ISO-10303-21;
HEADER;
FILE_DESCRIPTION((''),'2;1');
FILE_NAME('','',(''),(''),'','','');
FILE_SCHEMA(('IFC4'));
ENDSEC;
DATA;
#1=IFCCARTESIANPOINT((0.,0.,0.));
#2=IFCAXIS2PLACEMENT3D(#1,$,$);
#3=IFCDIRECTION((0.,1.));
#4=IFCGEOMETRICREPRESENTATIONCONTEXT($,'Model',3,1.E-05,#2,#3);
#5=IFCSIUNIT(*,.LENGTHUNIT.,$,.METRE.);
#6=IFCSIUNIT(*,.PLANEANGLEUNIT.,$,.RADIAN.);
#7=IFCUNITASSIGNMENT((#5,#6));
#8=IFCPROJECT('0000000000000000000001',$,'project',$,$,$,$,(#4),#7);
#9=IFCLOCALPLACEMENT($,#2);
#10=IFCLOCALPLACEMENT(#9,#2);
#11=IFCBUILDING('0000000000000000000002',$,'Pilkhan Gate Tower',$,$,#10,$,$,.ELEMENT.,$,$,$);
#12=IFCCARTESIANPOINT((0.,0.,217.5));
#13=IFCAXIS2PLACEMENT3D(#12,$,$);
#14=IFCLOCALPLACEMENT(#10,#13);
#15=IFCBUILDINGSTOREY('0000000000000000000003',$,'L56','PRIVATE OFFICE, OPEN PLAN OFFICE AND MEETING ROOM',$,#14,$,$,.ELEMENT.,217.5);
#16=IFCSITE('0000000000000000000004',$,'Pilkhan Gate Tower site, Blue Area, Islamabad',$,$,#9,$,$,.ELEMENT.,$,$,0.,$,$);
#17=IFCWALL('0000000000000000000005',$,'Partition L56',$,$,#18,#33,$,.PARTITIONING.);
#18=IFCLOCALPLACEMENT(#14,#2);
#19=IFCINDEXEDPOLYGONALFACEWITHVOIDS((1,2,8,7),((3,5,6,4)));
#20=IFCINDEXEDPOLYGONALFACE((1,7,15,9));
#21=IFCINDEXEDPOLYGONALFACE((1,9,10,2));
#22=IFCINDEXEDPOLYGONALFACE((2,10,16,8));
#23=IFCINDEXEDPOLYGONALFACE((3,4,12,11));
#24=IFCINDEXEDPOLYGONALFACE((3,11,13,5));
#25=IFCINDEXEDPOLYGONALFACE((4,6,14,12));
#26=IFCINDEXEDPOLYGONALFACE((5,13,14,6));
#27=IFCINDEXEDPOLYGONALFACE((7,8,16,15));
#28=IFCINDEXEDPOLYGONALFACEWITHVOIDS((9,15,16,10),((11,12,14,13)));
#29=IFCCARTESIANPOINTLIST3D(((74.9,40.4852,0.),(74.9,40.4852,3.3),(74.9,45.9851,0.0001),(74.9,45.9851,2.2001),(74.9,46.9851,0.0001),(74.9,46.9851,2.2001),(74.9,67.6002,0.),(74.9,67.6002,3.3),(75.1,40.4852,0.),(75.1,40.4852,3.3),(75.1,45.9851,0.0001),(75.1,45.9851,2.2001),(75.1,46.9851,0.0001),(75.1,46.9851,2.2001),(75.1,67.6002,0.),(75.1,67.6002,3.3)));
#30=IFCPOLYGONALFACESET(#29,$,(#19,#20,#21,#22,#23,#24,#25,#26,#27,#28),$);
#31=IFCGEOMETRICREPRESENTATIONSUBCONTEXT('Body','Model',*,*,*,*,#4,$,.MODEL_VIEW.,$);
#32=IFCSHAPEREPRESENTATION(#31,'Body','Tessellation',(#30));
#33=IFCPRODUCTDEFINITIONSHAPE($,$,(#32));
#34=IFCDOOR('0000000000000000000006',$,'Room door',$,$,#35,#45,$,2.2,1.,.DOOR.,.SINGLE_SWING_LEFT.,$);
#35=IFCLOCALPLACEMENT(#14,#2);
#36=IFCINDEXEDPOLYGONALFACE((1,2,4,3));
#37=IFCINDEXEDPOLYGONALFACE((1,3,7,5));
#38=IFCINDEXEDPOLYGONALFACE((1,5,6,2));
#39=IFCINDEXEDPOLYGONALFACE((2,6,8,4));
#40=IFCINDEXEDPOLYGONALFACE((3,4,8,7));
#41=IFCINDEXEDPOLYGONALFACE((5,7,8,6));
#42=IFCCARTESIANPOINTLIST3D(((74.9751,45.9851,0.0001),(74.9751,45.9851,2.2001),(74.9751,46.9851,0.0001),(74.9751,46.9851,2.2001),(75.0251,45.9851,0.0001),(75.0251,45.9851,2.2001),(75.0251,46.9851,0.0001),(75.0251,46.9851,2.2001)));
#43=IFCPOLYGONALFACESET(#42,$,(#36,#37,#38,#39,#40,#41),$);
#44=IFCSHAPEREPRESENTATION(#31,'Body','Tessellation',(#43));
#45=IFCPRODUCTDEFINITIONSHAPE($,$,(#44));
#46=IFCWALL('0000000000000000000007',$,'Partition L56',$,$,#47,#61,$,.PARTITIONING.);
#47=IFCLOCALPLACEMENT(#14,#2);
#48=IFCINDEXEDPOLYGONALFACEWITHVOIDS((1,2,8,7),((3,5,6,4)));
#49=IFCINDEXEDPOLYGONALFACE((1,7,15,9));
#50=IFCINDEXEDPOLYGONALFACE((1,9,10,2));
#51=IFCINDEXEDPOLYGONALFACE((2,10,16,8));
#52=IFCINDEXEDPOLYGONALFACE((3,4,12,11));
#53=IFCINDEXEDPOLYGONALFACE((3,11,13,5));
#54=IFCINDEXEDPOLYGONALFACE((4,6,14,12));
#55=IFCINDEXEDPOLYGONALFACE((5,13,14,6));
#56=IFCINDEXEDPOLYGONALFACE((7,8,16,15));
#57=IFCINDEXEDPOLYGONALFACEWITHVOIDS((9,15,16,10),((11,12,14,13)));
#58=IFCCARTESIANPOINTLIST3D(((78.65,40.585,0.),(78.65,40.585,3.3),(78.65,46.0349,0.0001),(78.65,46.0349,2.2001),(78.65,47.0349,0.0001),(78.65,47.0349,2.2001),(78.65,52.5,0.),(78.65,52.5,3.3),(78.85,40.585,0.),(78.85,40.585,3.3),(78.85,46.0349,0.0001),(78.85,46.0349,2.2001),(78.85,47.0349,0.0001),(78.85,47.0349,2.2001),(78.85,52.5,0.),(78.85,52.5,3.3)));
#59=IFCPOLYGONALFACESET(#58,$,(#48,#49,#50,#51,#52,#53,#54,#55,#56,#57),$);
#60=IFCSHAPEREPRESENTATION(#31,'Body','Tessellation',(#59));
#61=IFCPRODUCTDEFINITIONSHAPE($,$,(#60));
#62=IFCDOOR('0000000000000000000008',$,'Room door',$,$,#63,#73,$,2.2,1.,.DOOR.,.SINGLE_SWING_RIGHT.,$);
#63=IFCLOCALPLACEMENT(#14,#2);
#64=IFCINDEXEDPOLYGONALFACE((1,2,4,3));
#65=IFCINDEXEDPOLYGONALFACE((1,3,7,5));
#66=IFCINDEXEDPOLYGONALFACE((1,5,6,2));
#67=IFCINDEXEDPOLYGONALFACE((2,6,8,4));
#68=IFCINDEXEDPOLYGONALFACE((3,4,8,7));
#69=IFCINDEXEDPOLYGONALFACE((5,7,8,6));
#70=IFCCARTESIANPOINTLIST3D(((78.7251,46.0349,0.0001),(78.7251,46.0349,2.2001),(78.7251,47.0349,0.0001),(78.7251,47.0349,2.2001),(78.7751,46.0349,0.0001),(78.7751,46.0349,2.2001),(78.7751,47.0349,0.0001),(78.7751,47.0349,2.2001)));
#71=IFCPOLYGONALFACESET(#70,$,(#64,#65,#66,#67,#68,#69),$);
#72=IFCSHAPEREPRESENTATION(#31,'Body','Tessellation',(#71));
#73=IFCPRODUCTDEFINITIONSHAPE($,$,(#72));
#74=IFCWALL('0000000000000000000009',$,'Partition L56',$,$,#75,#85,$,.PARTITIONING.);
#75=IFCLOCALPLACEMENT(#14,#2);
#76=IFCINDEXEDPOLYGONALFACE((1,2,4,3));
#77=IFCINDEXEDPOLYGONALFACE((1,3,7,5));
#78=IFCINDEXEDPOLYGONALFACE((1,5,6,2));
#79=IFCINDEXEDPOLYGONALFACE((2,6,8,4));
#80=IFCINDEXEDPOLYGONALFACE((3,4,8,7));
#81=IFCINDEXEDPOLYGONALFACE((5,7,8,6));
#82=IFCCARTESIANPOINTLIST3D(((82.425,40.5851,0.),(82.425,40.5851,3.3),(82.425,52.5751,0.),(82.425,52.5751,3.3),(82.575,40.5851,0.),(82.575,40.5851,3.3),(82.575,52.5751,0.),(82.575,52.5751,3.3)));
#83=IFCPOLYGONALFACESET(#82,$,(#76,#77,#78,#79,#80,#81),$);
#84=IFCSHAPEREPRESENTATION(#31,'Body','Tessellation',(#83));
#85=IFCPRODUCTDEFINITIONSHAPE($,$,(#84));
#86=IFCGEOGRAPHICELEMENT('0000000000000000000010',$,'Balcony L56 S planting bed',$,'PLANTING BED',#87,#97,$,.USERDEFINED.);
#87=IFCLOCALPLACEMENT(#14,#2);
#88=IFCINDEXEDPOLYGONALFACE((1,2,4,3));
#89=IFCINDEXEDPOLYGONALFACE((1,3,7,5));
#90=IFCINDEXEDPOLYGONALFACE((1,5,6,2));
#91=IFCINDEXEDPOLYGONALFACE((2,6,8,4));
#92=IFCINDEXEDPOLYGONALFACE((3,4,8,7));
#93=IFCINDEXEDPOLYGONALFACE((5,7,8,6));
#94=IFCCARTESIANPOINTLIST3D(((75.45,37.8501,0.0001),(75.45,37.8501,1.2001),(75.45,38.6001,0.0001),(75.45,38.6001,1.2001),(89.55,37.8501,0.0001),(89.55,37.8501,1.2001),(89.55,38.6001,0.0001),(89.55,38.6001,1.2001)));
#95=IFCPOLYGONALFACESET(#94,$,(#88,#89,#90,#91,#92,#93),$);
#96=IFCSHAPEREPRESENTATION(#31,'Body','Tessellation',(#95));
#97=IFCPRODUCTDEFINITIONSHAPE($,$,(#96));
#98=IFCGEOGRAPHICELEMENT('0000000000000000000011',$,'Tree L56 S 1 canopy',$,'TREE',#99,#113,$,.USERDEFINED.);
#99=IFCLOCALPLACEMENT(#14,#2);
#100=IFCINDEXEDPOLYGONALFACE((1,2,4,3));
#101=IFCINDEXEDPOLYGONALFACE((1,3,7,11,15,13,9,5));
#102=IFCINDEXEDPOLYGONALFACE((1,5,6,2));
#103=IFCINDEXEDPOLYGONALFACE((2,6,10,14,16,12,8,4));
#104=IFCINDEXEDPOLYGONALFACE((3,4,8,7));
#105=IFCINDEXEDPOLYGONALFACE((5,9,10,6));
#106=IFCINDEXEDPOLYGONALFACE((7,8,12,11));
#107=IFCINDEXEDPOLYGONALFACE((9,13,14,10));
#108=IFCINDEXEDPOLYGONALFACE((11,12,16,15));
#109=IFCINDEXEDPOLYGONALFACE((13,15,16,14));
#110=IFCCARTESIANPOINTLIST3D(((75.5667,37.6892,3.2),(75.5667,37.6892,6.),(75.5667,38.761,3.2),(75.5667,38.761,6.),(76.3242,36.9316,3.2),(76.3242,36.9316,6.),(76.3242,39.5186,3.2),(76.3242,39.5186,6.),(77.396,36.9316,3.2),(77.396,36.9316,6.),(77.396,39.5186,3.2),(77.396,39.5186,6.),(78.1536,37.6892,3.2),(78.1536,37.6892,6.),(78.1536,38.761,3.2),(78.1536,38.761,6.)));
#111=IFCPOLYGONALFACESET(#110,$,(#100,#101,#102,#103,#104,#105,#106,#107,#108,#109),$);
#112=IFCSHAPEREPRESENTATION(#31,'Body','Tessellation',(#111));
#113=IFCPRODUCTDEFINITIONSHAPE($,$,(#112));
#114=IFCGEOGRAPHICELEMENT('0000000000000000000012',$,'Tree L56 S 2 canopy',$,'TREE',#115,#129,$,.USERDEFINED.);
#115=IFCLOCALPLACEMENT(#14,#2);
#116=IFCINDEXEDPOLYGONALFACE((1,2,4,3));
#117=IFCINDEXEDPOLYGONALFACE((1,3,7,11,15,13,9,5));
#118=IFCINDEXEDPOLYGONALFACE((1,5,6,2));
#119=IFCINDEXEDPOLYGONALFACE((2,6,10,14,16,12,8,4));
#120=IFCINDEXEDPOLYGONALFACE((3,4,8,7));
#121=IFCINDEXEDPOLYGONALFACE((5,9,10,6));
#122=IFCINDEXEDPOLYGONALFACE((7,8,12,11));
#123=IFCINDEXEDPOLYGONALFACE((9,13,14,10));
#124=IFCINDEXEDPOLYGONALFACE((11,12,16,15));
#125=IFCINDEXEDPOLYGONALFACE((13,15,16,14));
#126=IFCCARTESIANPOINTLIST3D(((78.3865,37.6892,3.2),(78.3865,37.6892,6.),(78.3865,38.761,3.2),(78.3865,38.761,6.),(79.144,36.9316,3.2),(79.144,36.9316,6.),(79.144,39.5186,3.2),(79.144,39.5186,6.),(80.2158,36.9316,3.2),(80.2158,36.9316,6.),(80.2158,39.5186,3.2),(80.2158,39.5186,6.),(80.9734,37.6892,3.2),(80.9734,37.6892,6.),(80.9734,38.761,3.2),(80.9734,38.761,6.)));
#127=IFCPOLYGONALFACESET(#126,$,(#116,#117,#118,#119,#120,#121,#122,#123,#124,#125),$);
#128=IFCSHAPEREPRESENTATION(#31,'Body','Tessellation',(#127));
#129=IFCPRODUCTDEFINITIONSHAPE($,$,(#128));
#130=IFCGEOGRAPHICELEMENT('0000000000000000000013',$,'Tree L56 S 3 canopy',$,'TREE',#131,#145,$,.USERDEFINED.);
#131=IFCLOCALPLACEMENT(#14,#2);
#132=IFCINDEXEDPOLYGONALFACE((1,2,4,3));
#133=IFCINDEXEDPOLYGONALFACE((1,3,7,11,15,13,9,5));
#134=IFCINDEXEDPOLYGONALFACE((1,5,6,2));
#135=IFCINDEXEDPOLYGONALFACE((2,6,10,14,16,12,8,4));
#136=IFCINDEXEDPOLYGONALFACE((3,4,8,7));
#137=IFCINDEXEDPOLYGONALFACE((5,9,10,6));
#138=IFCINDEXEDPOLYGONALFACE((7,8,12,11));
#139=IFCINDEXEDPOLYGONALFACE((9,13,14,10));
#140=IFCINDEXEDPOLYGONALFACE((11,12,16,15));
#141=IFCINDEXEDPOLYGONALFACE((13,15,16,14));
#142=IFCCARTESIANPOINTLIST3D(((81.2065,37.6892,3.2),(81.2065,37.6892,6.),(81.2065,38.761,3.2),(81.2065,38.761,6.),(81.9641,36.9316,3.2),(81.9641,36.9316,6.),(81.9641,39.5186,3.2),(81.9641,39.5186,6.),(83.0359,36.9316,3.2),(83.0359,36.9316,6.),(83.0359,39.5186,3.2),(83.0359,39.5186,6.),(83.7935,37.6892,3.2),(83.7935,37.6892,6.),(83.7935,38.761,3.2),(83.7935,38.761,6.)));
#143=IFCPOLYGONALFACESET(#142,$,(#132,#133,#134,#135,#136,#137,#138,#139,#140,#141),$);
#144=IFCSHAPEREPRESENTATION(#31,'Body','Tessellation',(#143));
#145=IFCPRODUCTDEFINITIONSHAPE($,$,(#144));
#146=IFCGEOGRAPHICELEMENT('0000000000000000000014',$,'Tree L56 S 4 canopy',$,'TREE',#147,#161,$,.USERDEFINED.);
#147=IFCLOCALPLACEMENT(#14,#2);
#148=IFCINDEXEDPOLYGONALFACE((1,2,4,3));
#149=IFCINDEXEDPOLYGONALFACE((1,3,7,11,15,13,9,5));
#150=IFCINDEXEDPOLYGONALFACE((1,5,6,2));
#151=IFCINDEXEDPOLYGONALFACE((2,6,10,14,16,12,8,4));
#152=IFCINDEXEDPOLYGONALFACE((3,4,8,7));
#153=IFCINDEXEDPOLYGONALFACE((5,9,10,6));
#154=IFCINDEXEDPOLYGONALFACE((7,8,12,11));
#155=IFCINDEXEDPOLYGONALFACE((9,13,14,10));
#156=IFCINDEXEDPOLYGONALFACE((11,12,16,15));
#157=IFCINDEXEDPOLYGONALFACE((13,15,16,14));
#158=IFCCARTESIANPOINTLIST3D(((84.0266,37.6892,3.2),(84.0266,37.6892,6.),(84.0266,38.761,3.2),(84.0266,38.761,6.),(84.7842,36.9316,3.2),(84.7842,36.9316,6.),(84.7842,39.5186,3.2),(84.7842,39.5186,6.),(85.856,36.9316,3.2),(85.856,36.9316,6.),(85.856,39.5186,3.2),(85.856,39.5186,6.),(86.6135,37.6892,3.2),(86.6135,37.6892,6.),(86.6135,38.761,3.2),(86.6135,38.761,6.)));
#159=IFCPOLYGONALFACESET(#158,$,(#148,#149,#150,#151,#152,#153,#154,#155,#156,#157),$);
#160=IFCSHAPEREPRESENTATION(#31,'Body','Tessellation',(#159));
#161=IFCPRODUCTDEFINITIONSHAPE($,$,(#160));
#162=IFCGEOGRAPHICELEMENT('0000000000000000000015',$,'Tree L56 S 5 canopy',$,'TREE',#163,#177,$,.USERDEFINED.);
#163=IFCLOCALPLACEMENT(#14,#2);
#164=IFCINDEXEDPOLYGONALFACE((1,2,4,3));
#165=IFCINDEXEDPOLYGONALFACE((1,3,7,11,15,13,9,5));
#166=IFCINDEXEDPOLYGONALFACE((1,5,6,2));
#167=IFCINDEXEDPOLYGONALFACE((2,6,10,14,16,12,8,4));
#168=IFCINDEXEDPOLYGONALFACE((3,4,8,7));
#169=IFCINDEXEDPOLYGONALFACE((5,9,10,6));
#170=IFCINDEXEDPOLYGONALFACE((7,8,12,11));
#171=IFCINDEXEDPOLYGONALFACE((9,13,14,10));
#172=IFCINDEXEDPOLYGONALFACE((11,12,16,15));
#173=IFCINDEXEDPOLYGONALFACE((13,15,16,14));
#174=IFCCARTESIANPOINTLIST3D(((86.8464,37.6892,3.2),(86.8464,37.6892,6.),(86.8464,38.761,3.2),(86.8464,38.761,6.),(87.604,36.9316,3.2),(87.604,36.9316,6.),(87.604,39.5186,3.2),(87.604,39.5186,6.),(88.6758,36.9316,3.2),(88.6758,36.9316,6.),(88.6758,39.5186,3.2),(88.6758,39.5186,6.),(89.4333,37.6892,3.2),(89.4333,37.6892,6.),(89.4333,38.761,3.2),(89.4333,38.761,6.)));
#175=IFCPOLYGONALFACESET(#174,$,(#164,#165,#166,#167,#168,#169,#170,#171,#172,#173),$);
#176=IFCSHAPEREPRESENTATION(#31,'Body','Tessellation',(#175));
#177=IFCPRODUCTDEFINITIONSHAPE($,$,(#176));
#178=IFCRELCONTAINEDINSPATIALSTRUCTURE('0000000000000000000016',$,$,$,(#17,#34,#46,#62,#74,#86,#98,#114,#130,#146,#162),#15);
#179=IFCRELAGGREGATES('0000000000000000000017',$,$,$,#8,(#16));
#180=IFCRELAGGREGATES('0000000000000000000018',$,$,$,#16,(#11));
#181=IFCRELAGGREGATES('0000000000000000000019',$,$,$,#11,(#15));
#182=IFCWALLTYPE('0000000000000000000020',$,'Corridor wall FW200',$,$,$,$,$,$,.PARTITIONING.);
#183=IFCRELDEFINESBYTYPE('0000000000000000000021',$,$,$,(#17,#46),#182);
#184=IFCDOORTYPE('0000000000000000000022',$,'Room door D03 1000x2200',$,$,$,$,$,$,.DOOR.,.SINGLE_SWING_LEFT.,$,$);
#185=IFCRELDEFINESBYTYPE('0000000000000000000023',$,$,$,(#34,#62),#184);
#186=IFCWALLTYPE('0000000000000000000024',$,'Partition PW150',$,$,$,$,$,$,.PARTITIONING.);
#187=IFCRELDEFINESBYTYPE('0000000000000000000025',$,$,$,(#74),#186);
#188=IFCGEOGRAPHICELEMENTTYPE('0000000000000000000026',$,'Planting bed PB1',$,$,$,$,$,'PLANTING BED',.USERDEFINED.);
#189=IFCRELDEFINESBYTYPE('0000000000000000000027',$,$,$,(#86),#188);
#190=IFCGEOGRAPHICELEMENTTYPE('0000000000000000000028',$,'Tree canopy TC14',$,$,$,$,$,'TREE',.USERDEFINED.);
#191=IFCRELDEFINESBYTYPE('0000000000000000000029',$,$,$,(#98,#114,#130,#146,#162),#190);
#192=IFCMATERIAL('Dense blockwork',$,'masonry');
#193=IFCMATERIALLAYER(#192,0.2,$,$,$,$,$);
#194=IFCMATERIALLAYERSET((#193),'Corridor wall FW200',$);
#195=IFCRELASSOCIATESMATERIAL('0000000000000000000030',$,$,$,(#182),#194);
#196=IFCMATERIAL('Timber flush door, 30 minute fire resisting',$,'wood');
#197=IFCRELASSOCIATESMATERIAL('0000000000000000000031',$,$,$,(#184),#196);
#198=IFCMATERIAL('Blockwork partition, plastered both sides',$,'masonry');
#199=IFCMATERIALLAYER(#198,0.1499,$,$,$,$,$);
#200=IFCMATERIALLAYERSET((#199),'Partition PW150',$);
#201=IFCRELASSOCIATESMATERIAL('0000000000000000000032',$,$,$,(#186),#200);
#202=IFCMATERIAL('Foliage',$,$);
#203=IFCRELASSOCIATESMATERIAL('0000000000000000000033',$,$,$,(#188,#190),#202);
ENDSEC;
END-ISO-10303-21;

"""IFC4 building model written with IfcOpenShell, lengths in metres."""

from ifc_helpers import new_model, si_unit, direction, frame, frame_2d, origin, origin_2d, place, context, subcontext, project, spatial, polyline, rectangle, outline, extrude, material, layer, layer_set, material_profile, profile_set, type_object, element, fill, save


model = new_model("IFC4")

# Units and contexts
model_context = context("Model", 3, precision=1e-05, world=origin(), true_north=direction((0.0, 1.0)))
body_context = subcontext(model_context, "Body", "Model", "MODEL_VIEW")
ifc_project = project(units=[si_unit("LENGTHUNIT", "METRE"), si_unit("PLANEANGLEUNIT", "RADIAN")], contexts=[model_context])

# Site, building, storey
site_placement = place(None, origin())
site = spatial("IfcSite", under=ifc_project, at=site_placement, Name="Pilkhan Gate Tower site, Blue Area, Islamabad", CompositionType="ELEMENT", RefElevation=0.0)
building_placement = place(site_placement, origin())
building = spatial("IfcBuilding", under=site, at=building_placement, Name="Pilkhan Gate Tower", CompositionType="ELEMENT")
storey_placement = place(building_placement, frame((0.0, 0.0, 217.5)))
storey = spatial("IfcBuildingStorey", under=building, at=storey_placement, Name="L56", Description="PRIVATE OFFICE, OPEN PLAN OFFICE AND MEETING ROOM", CompositionType="ELEMENT", Elevation=217.5)

# Walls, openings, doors
ifc_material_1 = material(Name="Dense blockwork", Category="masonry")
ifc_layer_1 = layer(ifc_material_1, 0.2)
ifc_layer_set_1 = layer_set([ifc_layer_1], Name="Corridor wall FW200")
wall_type_1 = type_object("IfcWallType", Name="Corridor wall FW200", PredefinedType="PARTITIONING", material=ifc_layer_set_1)
wall_1_placement = place(storey_placement, frame((75.0, 40.4851, 0.0), z_axis=(0.0, 0.0, 1.0), x_axis=(0.0, 1.0, 0.0)))
wall_1 = element("IfcWall", 1, at=wall_1_placement, inside=storey, type_object=wall_type_1, Name="Partition L56", PredefinedType="PARTITIONING", context=body_context, shape_type="SweptSolid", body=[
    extrude(rectangle(XDim=27.115, YDim=0.2, at=frame_2d((13.5576, 0.0))), origin(), (0.0, 0.0, 1.0), 3.3),
])
opening_1_placement = place(wall_1_placement, frame((5.5, 0.0, 0.0)))
opening_1 = element("IfcOpeningElement", 2, at=opening_1_placement, cuts=wall_1, PredefinedType="OPENING", context=body_context, shape_type="SweptSolid", body=[
    extrude(rectangle(XDim=1.0, YDim=2.2, at=frame_2d((0.5, 1.1001))), frame((0.0, 0.1099, 0.0), z_axis=(0.0, -1.0, 0.0), x_axis=(1.0, 0.0, 0.0)), (0.0, 0.0, 1.0), 0.22),
])
ifc_material_2 = material(Name="Timber flush door, 30 minute fire resisting", Category="wood")
door_type_1 = type_object("IfcDoorType", Name="Room door D03 1000x2200", OperationType="SINGLE_SWING_LEFT", PredefinedType="DOOR", material=ifc_material_2)
door_1_placement = place(opening_1_placement, origin())
door_1 = element("IfcDoor", 3, at=door_1_placement, inside=storey, type_object=door_type_1, Name="Room door", OperationType="SINGLE_SWING_LEFT", OverallHeight=2.2, OverallWidth=1.0, PredefinedType="DOOR", context=body_context, shape_type="SweptSolid", body=[
    extrude(rectangle(XDim=1.0, YDim=2.2, at=frame_2d((0.5, 1.1001))), frame((0.0, 0.0249, 0.0), z_axis=(0.0, -1.0, 0.0), x_axis=(1.0, 0.0, 0.0)), (0.0, 0.0, 1.0), 0.05),
])
fill(opening_1, door_1)
wall_2_placement = place(storey_placement, frame((78.75, 40.585, 0.0), z_axis=(0.0, 0.0, 1.0), x_axis=(0.0, 1.0, 0.0)))
wall_2 = element("IfcWall", 4, at=wall_2_placement, inside=storey, type_object=wall_type_1, Name="Partition L56", PredefinedType="PARTITIONING", context=body_context, shape_type="SweptSolid", body=[
    extrude(rectangle(XDim=11.915, YDim=0.2, at=frame_2d((5.9575, 0.0))), origin(), (0.0, 0.0, 1.0), 3.3),
])
opening_2_placement = place(wall_2_placement, frame((5.45, 0.0, 0.0)))
opening_2 = element("IfcOpeningElement", 5, at=opening_2_placement, cuts=wall_2, PredefinedType="OPENING", context=body_context, shape_type="SweptSolid", body=[
    extrude(rectangle(XDim=1.0, YDim=2.2, at=frame_2d((0.5, 1.1001))), frame((0.0, 0.1099, 0.0), z_axis=(0.0, -1.0, 0.0), x_axis=(1.0, 0.0, 0.0)), (0.0, 0.0, 1.0), 0.22),
])
door_2_placement = place(opening_2_placement, origin())
door_2 = element("IfcDoor", 6, at=door_2_placement, inside=storey, type_object=door_type_1, Name="Room door", OperationType="SINGLE_SWING_RIGHT", OverallHeight=2.2, OverallWidth=1.0, PredefinedType="DOOR", context=body_context, shape_type="SweptSolid", body=[
    extrude(rectangle(XDim=1.0, YDim=2.2, at=frame_2d((0.5, 1.1001))), frame((0.0, 0.0249, 0.0), z_axis=(0.0, -1.0, 0.0), x_axis=(1.0, 0.0, 0.0)), (0.0, 0.0, 1.0), 0.05),
])
fill(opening_2, door_2)

# Wall
ifc_material_3 = material(Name="Blockwork partition, plastered both sides", Category="masonry")
ifc_layer_2 = layer(ifc_material_3, 0.1499)
ifc_layer_set_2 = layer_set([ifc_layer_2], Name="Partition PW150")
wall_type_2 = type_object("IfcWallType", Name="Partition PW150", PredefinedType="PARTITIONING", material=ifc_layer_set_2)
wall_3_placement = place(storey_placement, frame((82.5, 40.585, 0.0), z_axis=(0.0, 0.0, 1.0), x_axis=(0.0, 1.0, 0.0)))
element("IfcWall", 7, at=wall_3_placement, inside=storey, type_object=wall_type_2, Name="Partition L56", PredefinedType="PARTITIONING", context=body_context, shape_type="SweptSolid", body=[
    extrude(rectangle(XDim=11.99, YDim=0.1499, at=frame_2d((5.9951, 0.0))), origin(), (0.0, 0.0, 1.0), 3.3),
])

# Geographic elements
ifc_material_4 = material(Name="Foliage")
ifc_material_profile_1 = material_profile(ifc_material_4, rectangle(XDim=0.75, YDim=1.2, at=origin_2d()), Name="Bed 750x1200")
ifc_profile_set_1 = profile_set([ifc_material_profile_1], Name="Foliage")
geographic_element_type_1 = type_object("IfcGeographicElementType", Name="Planting bed PB1", ElementType="PLANTING BED", PredefinedType="USERDEFINED", material=ifc_profile_set_1)
geographic_element_placement = place(storey_placement, frame((75.45, 38.2251, 0.6001), z_axis=(1.0, 0.0, 0.0), x_axis=(0.0, 1.0, 0.0)))
element("IfcGeographicElement", 8, at=geographic_element_placement, inside=storey, type_object=geographic_element_type_1, Name="Balcony L56 S planting bed", ObjectType="PLANTING BED", PredefinedType="USERDEFINED", context=body_context, shape_type="SweptSolid", body=[
    extrude(rectangle(XDim=0.75, YDim=1.2, at=origin_2d()), origin(), (0.0, 0.0, 1.0), 14.1001),
])
ifc_material_profile_2 = material_profile(ifc_material_4, outline(polyline([(1.2935, 0.5359), (0.5359, 1.2935), (-0.5359, 1.2935), (-1.2935, 0.5359), (-1.2935, -0.5359), (-0.5359, -1.2935), (0.5359, -1.2935), (1.2935, -0.5359), (1.2935, 0.5359)])), Name="Canopy D2.8")
ifc_profile_set_2 = profile_set([ifc_material_profile_2], Name="Foliage")
geographic_element_type_2 = type_object("IfcGeographicElementType", Name="Tree canopy TC14", ElementType="TREE", PredefinedType="USERDEFINED", material=ifc_profile_set_2)
for number, where, z_axis, x_axis, name in (
    (9, (76.8601, 38.2251, 3.2), (0.0, 0.0, 1.0), (1.0, 0.0, 0.0), "Tree L56 S 1 canopy"),
    (10, (79.6799, 38.2251, 3.2), (0.0, 0.0, 1.0), (1.0, 0.0, 0.0), "Tree L56 S 2 canopy"),
    (11, (82.5, 38.2251, 3.2), (0.0, 0.0, 1.0), (1.0, 0.0, 0.0), "Tree L56 S 3 canopy"),
    (12, (85.3201, 38.2251, 3.2), (0.0, 0.0, 1.0), (1.0, 0.0, 0.0), "Tree L56 S 4 canopy"),
    (13, (88.1399, 38.2251, 3.2), (0.0, 0.0, 1.0), (1.0, 0.0, 0.0), "Tree L56 S 5 canopy"),
):
    element("IfcGeographicElement", number, at=place(storey_placement, frame(where, z_axis=z_axis, x_axis=x_axis)), inside=storey, type_object=geographic_element_type_2, Name=name, ObjectType="TREE", PredefinedType="USERDEFINED", context=body_context, shape_type="SweptSolid", body=[
        extrude(outline(polyline([(1.2935, 0.5359), (0.5359, 1.2935), (-0.5359, 1.2935), (-1.2935, 0.5359), (-1.2935, -0.5359), (-0.5359, -1.2935), (0.5359, -1.2935), (1.2935, -0.5359), (1.2935, 0.5359)])), origin(), (0.0, 0.0, 1.0), 2.8),
    ])

save(model, "model.ifc")
